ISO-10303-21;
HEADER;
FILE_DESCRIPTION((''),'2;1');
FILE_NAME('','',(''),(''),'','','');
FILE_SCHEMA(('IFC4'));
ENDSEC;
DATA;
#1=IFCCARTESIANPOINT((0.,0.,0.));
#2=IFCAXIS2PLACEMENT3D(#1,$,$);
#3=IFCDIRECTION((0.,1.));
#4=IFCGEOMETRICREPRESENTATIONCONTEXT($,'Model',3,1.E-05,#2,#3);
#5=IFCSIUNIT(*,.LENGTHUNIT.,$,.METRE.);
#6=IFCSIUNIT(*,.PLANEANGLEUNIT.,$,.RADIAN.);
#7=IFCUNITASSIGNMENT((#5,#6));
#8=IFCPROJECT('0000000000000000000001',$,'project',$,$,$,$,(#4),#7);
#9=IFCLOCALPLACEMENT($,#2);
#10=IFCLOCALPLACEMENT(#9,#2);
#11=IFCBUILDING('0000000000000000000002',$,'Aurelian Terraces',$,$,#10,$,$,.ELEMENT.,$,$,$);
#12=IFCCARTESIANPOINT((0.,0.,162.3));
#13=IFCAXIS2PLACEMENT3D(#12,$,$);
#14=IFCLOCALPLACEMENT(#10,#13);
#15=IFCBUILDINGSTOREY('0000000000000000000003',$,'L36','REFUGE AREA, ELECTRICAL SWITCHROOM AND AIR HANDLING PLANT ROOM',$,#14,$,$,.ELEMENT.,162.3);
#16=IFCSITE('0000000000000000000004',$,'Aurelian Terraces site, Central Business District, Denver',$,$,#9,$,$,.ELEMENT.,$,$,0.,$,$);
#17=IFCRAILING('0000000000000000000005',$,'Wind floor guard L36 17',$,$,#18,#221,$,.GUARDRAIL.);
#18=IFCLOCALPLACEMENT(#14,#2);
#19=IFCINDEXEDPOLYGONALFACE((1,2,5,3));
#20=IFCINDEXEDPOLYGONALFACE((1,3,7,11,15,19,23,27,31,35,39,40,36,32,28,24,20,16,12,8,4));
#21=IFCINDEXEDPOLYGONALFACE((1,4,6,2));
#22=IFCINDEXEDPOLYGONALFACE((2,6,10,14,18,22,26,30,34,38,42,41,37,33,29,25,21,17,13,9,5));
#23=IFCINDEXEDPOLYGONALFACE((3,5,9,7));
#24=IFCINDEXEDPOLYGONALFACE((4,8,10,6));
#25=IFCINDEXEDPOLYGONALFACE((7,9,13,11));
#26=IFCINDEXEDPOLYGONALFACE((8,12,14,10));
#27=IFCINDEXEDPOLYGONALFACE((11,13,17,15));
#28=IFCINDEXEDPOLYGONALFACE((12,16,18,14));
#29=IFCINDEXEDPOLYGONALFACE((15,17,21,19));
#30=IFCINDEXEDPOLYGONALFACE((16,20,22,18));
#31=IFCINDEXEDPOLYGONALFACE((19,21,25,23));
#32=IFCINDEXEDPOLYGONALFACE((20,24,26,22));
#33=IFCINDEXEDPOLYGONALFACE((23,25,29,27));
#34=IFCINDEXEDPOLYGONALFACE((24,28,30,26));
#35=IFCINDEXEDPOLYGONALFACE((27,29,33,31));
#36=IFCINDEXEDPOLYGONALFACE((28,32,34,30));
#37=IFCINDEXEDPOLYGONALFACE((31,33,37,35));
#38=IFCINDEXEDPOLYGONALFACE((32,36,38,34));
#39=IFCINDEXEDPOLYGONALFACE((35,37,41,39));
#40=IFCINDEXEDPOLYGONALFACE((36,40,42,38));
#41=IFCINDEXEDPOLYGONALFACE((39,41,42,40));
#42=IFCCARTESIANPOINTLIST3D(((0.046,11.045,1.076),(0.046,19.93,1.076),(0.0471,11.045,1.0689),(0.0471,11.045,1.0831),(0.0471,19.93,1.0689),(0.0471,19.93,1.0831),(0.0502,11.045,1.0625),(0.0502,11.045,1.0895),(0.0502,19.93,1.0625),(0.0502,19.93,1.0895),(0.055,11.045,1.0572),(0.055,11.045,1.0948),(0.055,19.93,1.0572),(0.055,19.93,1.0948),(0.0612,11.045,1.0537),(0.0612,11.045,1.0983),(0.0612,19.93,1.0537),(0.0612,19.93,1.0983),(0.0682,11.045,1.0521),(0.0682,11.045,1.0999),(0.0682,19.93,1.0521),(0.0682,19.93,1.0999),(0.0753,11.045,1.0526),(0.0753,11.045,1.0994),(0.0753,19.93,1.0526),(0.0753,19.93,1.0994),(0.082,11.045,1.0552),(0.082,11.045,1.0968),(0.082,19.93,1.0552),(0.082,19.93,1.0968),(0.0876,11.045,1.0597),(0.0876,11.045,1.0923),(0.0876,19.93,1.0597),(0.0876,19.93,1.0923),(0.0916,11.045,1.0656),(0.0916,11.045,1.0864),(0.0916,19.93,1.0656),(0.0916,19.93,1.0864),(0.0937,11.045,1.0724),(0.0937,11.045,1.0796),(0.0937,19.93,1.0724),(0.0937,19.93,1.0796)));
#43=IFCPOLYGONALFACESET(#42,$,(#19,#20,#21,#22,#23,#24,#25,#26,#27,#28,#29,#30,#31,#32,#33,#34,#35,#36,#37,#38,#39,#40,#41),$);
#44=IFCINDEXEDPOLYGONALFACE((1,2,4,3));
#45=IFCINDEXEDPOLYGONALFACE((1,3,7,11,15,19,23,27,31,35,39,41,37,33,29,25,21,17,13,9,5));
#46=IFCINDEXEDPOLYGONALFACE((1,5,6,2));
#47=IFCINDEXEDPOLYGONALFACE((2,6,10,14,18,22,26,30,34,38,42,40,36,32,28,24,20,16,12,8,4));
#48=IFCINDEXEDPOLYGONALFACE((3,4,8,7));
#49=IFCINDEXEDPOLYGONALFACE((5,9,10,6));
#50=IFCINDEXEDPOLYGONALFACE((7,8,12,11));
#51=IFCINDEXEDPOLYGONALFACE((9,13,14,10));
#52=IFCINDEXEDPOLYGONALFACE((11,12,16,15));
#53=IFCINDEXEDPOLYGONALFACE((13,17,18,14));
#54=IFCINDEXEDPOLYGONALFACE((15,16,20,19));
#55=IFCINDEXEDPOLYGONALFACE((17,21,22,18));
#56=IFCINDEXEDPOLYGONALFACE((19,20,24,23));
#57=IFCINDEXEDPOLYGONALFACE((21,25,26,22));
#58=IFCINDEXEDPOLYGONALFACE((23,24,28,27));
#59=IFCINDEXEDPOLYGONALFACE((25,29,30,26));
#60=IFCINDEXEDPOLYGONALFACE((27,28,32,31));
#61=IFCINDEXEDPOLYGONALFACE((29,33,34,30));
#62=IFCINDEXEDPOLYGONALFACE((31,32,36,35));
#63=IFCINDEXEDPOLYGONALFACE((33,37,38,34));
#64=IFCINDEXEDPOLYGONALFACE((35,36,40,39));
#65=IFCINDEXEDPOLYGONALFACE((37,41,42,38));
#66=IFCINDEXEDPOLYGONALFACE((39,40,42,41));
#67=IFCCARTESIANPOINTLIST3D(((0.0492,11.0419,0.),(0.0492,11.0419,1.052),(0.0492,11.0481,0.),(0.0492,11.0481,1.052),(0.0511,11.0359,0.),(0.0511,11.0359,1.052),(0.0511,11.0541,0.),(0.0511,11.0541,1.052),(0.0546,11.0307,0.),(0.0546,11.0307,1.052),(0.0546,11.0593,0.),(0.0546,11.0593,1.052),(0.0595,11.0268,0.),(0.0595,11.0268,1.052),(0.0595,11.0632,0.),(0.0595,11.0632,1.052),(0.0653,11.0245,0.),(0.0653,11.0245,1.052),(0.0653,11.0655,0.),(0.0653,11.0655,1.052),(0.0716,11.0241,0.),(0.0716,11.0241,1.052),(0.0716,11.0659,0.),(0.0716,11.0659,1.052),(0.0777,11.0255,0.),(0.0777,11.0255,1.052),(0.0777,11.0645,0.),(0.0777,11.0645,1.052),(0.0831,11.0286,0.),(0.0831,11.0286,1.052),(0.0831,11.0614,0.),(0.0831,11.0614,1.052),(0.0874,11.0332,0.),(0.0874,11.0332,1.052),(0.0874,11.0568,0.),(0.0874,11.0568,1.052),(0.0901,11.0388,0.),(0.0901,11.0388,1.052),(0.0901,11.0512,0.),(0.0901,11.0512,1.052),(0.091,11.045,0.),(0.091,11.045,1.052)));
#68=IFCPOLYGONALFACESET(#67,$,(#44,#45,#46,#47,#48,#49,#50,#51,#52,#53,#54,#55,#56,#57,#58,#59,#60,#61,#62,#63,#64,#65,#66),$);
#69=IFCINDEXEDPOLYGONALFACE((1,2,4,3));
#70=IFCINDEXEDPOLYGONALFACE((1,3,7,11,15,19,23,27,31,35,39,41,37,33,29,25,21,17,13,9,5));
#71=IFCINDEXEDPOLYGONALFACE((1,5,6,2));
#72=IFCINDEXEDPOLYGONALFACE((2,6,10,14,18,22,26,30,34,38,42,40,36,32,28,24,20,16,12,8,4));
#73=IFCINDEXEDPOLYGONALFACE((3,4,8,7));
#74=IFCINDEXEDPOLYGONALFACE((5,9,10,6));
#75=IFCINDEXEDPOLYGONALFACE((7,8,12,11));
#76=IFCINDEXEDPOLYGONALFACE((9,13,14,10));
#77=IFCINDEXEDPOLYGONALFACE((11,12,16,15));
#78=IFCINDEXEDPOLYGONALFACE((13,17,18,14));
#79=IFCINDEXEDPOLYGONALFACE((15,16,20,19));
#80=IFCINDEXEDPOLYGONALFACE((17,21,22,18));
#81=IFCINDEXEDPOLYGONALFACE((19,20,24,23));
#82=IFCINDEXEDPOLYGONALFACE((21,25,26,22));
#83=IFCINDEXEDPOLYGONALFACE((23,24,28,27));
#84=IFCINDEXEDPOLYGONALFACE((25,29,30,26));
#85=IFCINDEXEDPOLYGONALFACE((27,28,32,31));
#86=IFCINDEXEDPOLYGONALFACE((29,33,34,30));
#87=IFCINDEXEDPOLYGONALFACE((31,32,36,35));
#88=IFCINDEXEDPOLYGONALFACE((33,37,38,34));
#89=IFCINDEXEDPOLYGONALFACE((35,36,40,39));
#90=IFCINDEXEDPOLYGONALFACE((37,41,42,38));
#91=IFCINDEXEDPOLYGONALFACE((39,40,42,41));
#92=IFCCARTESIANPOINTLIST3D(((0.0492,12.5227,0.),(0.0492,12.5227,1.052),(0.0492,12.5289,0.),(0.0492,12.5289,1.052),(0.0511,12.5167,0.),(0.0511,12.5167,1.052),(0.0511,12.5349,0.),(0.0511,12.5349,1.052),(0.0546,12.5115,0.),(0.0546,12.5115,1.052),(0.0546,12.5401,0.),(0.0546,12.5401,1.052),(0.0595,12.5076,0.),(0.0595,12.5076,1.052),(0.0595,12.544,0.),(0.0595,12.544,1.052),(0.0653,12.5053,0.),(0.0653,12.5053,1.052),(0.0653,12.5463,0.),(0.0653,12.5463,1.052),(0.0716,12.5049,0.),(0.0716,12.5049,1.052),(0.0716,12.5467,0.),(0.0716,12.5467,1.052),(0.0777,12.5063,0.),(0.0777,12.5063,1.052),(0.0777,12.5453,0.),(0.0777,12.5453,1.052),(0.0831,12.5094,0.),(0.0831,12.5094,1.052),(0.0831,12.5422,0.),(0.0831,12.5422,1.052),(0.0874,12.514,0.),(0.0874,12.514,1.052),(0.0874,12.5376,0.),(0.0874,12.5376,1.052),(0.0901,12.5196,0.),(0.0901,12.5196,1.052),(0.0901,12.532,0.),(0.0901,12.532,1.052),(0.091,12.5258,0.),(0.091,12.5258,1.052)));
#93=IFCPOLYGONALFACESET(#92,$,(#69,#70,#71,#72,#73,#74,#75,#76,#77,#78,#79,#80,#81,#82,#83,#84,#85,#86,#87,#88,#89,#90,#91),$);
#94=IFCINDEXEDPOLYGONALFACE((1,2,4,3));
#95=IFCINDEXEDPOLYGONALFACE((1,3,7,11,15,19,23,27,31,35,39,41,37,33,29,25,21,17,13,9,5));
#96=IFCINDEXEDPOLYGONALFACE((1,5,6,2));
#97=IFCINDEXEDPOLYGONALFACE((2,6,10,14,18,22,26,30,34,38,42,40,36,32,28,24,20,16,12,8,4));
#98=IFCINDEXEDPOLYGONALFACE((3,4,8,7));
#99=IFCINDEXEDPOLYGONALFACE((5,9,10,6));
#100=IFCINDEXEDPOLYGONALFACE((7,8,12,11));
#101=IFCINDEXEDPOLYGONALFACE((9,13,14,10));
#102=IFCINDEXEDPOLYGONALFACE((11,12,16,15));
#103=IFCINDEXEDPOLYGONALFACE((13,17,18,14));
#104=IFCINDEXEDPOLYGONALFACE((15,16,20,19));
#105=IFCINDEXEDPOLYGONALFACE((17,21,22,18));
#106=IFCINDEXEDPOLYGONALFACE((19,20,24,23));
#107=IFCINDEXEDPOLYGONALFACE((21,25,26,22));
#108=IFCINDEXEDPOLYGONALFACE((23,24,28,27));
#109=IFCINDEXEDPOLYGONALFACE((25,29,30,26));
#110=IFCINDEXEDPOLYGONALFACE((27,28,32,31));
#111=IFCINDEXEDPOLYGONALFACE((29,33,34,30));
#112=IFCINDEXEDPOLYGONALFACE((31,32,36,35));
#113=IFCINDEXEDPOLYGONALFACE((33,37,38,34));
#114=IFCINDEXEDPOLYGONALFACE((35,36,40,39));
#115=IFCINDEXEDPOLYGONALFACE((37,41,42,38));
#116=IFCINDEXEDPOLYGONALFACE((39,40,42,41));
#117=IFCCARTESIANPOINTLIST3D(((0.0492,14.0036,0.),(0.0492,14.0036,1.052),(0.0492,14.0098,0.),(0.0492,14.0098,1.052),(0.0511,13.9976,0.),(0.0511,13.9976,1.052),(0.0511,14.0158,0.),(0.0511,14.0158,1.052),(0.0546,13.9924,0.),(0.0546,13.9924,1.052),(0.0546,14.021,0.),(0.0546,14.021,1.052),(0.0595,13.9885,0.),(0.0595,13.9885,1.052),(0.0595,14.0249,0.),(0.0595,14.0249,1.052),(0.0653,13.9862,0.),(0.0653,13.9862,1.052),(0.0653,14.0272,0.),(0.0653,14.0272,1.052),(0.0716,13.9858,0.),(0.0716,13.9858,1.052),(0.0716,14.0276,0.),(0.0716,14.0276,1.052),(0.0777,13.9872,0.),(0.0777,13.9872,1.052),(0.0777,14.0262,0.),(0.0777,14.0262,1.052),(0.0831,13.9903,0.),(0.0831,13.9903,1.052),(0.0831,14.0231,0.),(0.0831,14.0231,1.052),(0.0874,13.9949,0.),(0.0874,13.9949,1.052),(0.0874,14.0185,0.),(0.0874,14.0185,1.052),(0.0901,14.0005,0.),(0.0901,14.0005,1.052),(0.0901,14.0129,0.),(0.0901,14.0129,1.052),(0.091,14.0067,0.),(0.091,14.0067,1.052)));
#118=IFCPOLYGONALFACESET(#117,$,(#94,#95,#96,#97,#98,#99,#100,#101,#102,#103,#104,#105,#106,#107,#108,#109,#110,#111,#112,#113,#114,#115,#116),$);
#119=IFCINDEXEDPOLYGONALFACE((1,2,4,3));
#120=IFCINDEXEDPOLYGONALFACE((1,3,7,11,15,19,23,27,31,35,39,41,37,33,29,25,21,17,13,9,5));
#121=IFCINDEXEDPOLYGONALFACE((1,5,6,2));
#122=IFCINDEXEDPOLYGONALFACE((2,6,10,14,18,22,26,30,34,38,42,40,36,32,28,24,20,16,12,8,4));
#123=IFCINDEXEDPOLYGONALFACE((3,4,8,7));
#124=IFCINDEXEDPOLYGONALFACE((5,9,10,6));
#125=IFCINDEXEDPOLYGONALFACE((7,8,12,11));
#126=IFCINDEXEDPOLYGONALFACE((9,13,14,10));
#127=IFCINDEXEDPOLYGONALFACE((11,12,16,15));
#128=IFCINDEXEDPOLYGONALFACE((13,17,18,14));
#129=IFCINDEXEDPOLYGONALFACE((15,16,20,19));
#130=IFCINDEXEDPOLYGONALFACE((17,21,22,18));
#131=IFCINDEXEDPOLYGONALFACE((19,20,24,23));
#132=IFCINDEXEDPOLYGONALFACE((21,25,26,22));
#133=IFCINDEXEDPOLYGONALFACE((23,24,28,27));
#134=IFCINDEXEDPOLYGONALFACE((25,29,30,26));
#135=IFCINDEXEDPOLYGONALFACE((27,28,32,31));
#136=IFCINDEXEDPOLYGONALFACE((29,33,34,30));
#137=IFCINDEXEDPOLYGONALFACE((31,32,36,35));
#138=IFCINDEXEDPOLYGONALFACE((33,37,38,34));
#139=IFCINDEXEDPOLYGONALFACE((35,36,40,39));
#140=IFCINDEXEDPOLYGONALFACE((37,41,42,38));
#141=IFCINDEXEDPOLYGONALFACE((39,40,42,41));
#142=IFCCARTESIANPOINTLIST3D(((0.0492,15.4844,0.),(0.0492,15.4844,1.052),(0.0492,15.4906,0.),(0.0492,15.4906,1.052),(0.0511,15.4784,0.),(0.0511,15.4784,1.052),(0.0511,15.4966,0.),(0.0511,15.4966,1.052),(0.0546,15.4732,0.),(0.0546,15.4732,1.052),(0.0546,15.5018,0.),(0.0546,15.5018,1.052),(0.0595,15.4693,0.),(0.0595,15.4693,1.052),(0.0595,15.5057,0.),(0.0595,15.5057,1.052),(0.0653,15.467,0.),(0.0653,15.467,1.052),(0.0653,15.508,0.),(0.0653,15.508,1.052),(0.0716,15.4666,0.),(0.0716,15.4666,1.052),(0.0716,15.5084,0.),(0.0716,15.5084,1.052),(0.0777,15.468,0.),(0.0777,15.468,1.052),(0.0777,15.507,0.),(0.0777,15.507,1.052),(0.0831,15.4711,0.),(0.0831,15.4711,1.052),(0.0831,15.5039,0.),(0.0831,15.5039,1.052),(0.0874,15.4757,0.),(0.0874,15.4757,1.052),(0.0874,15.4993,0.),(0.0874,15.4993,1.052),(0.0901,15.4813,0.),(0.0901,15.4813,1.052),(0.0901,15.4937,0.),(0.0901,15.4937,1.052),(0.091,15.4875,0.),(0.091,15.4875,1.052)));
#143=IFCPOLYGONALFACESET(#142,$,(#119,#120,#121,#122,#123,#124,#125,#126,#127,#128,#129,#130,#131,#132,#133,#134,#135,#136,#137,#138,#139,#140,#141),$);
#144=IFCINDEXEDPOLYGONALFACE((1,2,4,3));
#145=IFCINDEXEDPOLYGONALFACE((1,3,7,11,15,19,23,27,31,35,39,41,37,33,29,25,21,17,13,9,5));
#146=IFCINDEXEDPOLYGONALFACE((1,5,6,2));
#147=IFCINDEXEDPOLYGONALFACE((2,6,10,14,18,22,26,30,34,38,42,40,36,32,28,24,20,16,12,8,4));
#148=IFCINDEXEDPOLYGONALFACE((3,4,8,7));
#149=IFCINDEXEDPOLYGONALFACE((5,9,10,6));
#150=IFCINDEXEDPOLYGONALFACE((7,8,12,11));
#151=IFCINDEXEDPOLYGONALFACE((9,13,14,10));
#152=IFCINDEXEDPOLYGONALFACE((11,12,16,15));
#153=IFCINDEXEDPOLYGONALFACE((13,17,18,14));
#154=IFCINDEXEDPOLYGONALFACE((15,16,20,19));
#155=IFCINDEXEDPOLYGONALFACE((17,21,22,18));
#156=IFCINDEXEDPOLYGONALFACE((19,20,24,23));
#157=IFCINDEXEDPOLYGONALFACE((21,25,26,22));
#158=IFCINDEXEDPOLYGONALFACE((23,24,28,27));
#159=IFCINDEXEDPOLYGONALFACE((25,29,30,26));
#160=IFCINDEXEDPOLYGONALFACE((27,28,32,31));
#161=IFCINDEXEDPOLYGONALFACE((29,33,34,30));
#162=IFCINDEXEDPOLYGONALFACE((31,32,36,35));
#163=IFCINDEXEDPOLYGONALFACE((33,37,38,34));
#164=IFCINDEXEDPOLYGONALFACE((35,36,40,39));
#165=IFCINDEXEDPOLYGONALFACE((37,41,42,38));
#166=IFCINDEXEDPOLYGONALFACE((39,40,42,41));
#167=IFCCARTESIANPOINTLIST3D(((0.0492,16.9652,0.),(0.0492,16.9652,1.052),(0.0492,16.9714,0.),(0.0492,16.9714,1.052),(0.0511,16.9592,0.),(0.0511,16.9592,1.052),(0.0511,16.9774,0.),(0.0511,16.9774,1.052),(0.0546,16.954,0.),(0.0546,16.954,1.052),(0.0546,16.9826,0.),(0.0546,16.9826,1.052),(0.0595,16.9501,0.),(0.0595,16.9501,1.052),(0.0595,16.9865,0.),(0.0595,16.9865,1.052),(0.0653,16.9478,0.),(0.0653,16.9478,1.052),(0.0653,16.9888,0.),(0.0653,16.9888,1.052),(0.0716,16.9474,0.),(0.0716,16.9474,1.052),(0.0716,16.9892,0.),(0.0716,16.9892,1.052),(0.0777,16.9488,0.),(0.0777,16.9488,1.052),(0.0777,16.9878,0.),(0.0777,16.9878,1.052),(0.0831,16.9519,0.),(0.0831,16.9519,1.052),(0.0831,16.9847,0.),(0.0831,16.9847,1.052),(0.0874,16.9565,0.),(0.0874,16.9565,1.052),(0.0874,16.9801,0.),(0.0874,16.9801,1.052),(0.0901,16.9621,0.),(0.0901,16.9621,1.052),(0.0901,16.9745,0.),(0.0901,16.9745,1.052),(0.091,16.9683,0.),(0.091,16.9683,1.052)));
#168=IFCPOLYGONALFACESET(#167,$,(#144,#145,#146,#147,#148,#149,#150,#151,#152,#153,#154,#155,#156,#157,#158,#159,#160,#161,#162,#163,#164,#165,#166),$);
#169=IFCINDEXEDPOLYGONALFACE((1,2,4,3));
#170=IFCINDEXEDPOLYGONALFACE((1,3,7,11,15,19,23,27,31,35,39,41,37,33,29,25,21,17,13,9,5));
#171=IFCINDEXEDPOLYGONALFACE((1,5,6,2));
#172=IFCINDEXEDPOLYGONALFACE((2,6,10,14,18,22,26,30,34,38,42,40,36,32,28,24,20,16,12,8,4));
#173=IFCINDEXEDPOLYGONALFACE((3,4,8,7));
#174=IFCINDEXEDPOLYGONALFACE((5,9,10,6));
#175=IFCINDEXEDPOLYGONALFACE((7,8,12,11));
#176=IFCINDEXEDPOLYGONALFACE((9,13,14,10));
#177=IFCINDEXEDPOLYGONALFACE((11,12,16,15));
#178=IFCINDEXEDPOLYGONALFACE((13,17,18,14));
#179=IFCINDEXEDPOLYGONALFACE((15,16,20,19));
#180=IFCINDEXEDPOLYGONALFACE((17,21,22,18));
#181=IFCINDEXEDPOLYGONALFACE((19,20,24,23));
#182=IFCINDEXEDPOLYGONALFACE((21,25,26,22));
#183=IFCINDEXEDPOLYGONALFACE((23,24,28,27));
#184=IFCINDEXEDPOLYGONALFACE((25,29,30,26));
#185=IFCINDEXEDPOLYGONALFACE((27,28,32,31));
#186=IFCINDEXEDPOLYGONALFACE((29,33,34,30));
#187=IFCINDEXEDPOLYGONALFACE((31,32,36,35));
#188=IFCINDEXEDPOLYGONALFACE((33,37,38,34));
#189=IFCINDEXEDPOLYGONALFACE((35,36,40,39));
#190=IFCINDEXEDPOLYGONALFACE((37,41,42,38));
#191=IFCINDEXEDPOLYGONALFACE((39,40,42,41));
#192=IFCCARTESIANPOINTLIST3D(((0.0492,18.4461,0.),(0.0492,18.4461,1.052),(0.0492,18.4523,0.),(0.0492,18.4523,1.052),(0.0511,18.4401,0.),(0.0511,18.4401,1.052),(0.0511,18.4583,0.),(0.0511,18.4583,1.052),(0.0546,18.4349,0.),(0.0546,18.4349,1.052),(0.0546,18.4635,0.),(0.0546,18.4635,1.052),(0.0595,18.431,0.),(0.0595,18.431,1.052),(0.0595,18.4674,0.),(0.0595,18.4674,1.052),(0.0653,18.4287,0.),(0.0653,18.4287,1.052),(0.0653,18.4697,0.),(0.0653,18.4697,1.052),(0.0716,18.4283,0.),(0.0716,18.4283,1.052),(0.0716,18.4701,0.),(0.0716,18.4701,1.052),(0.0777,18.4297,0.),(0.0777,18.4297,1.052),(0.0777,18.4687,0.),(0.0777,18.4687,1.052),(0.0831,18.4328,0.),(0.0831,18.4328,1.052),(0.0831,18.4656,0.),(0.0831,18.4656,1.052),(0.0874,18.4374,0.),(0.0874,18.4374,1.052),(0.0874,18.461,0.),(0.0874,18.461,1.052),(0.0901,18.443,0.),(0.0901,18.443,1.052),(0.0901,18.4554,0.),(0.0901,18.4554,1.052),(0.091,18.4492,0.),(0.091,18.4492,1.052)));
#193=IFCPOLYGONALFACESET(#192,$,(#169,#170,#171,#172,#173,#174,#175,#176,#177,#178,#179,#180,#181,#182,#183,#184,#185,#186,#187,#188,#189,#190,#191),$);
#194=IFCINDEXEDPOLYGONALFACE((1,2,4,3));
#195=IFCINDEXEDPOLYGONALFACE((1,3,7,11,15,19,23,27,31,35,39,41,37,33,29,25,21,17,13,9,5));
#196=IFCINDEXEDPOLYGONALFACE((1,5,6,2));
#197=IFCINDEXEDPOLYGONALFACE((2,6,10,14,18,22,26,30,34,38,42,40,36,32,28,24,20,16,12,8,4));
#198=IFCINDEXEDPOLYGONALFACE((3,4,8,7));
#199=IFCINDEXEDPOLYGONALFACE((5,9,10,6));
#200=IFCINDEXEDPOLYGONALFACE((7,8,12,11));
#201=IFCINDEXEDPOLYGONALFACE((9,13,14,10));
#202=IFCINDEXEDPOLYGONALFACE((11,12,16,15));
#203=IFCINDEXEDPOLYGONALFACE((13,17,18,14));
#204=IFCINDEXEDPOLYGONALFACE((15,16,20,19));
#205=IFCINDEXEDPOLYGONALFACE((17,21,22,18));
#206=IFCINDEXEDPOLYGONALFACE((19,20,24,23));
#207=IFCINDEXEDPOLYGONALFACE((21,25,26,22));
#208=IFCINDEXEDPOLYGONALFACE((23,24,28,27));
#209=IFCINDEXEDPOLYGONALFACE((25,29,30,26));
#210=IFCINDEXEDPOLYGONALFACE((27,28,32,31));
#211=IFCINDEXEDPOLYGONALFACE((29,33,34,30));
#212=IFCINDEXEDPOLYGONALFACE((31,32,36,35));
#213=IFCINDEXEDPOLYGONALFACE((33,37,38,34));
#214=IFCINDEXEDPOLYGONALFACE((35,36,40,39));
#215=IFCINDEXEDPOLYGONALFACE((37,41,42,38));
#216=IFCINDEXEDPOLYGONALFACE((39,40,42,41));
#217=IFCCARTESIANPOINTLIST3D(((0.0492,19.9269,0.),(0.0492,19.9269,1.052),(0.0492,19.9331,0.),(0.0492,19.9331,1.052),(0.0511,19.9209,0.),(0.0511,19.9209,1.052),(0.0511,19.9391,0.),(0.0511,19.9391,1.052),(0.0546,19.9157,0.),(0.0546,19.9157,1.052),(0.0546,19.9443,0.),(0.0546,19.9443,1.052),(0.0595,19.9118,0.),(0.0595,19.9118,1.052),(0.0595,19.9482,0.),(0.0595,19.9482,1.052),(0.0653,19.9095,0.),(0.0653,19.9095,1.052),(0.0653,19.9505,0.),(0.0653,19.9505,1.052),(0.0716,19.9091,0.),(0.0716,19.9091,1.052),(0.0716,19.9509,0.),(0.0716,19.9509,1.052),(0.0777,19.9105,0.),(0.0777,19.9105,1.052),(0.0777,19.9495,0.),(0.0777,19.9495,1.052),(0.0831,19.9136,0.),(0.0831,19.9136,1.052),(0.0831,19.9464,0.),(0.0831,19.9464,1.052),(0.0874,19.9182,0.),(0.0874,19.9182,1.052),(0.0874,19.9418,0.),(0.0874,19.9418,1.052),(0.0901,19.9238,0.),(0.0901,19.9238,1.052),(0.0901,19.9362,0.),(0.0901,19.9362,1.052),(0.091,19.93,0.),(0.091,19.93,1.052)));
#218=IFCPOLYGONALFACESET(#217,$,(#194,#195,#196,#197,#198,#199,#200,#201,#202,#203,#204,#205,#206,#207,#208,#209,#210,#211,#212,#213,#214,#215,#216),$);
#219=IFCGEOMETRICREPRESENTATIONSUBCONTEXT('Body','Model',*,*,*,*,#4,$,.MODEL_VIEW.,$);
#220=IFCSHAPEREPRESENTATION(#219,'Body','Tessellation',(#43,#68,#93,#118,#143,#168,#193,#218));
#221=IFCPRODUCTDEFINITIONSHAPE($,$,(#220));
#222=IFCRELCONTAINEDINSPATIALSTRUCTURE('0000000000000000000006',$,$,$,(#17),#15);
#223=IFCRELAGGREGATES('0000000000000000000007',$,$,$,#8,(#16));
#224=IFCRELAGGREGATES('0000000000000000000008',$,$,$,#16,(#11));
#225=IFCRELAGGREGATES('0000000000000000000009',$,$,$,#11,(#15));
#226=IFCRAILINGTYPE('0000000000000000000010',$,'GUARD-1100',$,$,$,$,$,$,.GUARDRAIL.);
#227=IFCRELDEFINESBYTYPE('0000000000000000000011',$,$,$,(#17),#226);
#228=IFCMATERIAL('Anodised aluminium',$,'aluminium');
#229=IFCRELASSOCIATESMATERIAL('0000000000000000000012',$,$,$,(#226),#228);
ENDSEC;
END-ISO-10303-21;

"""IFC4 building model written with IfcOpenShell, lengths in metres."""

from ifc_helpers import new_model, si_unit, direction, frame, origin, origin_2d, place, context, subcontext, project, spatial, circle, extrude, material, type_object, element, save


model = new_model("IFC4")

# Units and contexts
model_context = context("Model", 3, precision=1e-05, world=origin(), true_north=direction((0.0, 1.0)))
body_context = subcontext(model_context, "Body", "Model", "MODEL_VIEW")
ifc_project = project(units=[si_unit("LENGTHUNIT", "METRE"), si_unit("PLANEANGLEUNIT", "RADIAN")], contexts=[model_context])

# Site, building, storey
site_placement = place(None, origin())
site = spatial("IfcSite", under=ifc_project, at=site_placement, Name="Aurelian Terraces site, Central Business District, Denver", CompositionType="ELEMENT", RefElevation=0.0)
building_placement = place(site_placement, origin())
building = spatial("IfcBuilding", under=site, at=building_placement, Name="Aurelian Terraces", CompositionType="ELEMENT")
storey_placement = place(building_placement, frame((0.0, 0.0, 162.3)))
storey = spatial("IfcBuildingStorey", under=building, at=storey_placement, Name="L36", Description="REFUGE AREA, ELECTRICAL SWITCHROOM AND AIR HANDLING PLANT ROOM", CompositionType="ELEMENT", Elevation=162.3)

# Railing
ifc_material_1 = material(Name="Anodised aluminium", Category="aluminium")
railing_type_1 = type_object("IfcRailingType", Name="GUARD-1100", PredefinedType="GUARDRAIL", material=ifc_material_1)
railing_1_placement = place(storey_placement, frame((0.07, 11.045, 0.0)))
element("IfcRailing", 1, at=railing_1_placement, inside=storey, type_object=railing_type_1, Name="Wind floor guard L36 17", PredefinedType="GUARDRAIL", context=body_context, shape_type="SweptSolid", body=[
    extrude(circle(Radius=0.024, at=origin_2d()), frame((0.0, 0.0, 1.076), z_axis=(0.0, 1.0, 0.0), x_axis=(-1.0, 0.0, 0.0)), (0.0, 0.0, 1.0), 8.885),
    extrude(circle(Radius=0.021, at=origin_2d()), origin(), (0.0, 0.0, 1.0), 1.052),
    extrude(circle(Radius=0.021, at=origin_2d()), frame((0.0, 1.4808, 0.0)), (0.0, 0.0, 1.0), 1.052),
    extrude(circle(Radius=0.021, at=origin_2d()), frame((0.0, 2.9617, 0.0)), (0.0, 0.0, 1.0), 1.052),
    extrude(circle(Radius=0.021, at=origin_2d()), frame((0.0, 4.4425, 0.0)), (0.0, 0.0, 1.0), 1.052),
    extrude(circle(Radius=0.021, at=origin_2d()), frame((0.0, 5.9233, 0.0)), (0.0, 0.0, 1.0), 1.052),
    extrude(circle(Radius=0.021, at=origin_2d()), frame((0.0, 7.4042, 0.0)), (0.0, 0.0, 1.0), 1.052),
    extrude(circle(Radius=0.021, at=origin_2d()), frame((0.0, 8.885, 0.0)), (0.0, 0.0, 1.0), 1.052),
])

save(model, "model.ifc")
